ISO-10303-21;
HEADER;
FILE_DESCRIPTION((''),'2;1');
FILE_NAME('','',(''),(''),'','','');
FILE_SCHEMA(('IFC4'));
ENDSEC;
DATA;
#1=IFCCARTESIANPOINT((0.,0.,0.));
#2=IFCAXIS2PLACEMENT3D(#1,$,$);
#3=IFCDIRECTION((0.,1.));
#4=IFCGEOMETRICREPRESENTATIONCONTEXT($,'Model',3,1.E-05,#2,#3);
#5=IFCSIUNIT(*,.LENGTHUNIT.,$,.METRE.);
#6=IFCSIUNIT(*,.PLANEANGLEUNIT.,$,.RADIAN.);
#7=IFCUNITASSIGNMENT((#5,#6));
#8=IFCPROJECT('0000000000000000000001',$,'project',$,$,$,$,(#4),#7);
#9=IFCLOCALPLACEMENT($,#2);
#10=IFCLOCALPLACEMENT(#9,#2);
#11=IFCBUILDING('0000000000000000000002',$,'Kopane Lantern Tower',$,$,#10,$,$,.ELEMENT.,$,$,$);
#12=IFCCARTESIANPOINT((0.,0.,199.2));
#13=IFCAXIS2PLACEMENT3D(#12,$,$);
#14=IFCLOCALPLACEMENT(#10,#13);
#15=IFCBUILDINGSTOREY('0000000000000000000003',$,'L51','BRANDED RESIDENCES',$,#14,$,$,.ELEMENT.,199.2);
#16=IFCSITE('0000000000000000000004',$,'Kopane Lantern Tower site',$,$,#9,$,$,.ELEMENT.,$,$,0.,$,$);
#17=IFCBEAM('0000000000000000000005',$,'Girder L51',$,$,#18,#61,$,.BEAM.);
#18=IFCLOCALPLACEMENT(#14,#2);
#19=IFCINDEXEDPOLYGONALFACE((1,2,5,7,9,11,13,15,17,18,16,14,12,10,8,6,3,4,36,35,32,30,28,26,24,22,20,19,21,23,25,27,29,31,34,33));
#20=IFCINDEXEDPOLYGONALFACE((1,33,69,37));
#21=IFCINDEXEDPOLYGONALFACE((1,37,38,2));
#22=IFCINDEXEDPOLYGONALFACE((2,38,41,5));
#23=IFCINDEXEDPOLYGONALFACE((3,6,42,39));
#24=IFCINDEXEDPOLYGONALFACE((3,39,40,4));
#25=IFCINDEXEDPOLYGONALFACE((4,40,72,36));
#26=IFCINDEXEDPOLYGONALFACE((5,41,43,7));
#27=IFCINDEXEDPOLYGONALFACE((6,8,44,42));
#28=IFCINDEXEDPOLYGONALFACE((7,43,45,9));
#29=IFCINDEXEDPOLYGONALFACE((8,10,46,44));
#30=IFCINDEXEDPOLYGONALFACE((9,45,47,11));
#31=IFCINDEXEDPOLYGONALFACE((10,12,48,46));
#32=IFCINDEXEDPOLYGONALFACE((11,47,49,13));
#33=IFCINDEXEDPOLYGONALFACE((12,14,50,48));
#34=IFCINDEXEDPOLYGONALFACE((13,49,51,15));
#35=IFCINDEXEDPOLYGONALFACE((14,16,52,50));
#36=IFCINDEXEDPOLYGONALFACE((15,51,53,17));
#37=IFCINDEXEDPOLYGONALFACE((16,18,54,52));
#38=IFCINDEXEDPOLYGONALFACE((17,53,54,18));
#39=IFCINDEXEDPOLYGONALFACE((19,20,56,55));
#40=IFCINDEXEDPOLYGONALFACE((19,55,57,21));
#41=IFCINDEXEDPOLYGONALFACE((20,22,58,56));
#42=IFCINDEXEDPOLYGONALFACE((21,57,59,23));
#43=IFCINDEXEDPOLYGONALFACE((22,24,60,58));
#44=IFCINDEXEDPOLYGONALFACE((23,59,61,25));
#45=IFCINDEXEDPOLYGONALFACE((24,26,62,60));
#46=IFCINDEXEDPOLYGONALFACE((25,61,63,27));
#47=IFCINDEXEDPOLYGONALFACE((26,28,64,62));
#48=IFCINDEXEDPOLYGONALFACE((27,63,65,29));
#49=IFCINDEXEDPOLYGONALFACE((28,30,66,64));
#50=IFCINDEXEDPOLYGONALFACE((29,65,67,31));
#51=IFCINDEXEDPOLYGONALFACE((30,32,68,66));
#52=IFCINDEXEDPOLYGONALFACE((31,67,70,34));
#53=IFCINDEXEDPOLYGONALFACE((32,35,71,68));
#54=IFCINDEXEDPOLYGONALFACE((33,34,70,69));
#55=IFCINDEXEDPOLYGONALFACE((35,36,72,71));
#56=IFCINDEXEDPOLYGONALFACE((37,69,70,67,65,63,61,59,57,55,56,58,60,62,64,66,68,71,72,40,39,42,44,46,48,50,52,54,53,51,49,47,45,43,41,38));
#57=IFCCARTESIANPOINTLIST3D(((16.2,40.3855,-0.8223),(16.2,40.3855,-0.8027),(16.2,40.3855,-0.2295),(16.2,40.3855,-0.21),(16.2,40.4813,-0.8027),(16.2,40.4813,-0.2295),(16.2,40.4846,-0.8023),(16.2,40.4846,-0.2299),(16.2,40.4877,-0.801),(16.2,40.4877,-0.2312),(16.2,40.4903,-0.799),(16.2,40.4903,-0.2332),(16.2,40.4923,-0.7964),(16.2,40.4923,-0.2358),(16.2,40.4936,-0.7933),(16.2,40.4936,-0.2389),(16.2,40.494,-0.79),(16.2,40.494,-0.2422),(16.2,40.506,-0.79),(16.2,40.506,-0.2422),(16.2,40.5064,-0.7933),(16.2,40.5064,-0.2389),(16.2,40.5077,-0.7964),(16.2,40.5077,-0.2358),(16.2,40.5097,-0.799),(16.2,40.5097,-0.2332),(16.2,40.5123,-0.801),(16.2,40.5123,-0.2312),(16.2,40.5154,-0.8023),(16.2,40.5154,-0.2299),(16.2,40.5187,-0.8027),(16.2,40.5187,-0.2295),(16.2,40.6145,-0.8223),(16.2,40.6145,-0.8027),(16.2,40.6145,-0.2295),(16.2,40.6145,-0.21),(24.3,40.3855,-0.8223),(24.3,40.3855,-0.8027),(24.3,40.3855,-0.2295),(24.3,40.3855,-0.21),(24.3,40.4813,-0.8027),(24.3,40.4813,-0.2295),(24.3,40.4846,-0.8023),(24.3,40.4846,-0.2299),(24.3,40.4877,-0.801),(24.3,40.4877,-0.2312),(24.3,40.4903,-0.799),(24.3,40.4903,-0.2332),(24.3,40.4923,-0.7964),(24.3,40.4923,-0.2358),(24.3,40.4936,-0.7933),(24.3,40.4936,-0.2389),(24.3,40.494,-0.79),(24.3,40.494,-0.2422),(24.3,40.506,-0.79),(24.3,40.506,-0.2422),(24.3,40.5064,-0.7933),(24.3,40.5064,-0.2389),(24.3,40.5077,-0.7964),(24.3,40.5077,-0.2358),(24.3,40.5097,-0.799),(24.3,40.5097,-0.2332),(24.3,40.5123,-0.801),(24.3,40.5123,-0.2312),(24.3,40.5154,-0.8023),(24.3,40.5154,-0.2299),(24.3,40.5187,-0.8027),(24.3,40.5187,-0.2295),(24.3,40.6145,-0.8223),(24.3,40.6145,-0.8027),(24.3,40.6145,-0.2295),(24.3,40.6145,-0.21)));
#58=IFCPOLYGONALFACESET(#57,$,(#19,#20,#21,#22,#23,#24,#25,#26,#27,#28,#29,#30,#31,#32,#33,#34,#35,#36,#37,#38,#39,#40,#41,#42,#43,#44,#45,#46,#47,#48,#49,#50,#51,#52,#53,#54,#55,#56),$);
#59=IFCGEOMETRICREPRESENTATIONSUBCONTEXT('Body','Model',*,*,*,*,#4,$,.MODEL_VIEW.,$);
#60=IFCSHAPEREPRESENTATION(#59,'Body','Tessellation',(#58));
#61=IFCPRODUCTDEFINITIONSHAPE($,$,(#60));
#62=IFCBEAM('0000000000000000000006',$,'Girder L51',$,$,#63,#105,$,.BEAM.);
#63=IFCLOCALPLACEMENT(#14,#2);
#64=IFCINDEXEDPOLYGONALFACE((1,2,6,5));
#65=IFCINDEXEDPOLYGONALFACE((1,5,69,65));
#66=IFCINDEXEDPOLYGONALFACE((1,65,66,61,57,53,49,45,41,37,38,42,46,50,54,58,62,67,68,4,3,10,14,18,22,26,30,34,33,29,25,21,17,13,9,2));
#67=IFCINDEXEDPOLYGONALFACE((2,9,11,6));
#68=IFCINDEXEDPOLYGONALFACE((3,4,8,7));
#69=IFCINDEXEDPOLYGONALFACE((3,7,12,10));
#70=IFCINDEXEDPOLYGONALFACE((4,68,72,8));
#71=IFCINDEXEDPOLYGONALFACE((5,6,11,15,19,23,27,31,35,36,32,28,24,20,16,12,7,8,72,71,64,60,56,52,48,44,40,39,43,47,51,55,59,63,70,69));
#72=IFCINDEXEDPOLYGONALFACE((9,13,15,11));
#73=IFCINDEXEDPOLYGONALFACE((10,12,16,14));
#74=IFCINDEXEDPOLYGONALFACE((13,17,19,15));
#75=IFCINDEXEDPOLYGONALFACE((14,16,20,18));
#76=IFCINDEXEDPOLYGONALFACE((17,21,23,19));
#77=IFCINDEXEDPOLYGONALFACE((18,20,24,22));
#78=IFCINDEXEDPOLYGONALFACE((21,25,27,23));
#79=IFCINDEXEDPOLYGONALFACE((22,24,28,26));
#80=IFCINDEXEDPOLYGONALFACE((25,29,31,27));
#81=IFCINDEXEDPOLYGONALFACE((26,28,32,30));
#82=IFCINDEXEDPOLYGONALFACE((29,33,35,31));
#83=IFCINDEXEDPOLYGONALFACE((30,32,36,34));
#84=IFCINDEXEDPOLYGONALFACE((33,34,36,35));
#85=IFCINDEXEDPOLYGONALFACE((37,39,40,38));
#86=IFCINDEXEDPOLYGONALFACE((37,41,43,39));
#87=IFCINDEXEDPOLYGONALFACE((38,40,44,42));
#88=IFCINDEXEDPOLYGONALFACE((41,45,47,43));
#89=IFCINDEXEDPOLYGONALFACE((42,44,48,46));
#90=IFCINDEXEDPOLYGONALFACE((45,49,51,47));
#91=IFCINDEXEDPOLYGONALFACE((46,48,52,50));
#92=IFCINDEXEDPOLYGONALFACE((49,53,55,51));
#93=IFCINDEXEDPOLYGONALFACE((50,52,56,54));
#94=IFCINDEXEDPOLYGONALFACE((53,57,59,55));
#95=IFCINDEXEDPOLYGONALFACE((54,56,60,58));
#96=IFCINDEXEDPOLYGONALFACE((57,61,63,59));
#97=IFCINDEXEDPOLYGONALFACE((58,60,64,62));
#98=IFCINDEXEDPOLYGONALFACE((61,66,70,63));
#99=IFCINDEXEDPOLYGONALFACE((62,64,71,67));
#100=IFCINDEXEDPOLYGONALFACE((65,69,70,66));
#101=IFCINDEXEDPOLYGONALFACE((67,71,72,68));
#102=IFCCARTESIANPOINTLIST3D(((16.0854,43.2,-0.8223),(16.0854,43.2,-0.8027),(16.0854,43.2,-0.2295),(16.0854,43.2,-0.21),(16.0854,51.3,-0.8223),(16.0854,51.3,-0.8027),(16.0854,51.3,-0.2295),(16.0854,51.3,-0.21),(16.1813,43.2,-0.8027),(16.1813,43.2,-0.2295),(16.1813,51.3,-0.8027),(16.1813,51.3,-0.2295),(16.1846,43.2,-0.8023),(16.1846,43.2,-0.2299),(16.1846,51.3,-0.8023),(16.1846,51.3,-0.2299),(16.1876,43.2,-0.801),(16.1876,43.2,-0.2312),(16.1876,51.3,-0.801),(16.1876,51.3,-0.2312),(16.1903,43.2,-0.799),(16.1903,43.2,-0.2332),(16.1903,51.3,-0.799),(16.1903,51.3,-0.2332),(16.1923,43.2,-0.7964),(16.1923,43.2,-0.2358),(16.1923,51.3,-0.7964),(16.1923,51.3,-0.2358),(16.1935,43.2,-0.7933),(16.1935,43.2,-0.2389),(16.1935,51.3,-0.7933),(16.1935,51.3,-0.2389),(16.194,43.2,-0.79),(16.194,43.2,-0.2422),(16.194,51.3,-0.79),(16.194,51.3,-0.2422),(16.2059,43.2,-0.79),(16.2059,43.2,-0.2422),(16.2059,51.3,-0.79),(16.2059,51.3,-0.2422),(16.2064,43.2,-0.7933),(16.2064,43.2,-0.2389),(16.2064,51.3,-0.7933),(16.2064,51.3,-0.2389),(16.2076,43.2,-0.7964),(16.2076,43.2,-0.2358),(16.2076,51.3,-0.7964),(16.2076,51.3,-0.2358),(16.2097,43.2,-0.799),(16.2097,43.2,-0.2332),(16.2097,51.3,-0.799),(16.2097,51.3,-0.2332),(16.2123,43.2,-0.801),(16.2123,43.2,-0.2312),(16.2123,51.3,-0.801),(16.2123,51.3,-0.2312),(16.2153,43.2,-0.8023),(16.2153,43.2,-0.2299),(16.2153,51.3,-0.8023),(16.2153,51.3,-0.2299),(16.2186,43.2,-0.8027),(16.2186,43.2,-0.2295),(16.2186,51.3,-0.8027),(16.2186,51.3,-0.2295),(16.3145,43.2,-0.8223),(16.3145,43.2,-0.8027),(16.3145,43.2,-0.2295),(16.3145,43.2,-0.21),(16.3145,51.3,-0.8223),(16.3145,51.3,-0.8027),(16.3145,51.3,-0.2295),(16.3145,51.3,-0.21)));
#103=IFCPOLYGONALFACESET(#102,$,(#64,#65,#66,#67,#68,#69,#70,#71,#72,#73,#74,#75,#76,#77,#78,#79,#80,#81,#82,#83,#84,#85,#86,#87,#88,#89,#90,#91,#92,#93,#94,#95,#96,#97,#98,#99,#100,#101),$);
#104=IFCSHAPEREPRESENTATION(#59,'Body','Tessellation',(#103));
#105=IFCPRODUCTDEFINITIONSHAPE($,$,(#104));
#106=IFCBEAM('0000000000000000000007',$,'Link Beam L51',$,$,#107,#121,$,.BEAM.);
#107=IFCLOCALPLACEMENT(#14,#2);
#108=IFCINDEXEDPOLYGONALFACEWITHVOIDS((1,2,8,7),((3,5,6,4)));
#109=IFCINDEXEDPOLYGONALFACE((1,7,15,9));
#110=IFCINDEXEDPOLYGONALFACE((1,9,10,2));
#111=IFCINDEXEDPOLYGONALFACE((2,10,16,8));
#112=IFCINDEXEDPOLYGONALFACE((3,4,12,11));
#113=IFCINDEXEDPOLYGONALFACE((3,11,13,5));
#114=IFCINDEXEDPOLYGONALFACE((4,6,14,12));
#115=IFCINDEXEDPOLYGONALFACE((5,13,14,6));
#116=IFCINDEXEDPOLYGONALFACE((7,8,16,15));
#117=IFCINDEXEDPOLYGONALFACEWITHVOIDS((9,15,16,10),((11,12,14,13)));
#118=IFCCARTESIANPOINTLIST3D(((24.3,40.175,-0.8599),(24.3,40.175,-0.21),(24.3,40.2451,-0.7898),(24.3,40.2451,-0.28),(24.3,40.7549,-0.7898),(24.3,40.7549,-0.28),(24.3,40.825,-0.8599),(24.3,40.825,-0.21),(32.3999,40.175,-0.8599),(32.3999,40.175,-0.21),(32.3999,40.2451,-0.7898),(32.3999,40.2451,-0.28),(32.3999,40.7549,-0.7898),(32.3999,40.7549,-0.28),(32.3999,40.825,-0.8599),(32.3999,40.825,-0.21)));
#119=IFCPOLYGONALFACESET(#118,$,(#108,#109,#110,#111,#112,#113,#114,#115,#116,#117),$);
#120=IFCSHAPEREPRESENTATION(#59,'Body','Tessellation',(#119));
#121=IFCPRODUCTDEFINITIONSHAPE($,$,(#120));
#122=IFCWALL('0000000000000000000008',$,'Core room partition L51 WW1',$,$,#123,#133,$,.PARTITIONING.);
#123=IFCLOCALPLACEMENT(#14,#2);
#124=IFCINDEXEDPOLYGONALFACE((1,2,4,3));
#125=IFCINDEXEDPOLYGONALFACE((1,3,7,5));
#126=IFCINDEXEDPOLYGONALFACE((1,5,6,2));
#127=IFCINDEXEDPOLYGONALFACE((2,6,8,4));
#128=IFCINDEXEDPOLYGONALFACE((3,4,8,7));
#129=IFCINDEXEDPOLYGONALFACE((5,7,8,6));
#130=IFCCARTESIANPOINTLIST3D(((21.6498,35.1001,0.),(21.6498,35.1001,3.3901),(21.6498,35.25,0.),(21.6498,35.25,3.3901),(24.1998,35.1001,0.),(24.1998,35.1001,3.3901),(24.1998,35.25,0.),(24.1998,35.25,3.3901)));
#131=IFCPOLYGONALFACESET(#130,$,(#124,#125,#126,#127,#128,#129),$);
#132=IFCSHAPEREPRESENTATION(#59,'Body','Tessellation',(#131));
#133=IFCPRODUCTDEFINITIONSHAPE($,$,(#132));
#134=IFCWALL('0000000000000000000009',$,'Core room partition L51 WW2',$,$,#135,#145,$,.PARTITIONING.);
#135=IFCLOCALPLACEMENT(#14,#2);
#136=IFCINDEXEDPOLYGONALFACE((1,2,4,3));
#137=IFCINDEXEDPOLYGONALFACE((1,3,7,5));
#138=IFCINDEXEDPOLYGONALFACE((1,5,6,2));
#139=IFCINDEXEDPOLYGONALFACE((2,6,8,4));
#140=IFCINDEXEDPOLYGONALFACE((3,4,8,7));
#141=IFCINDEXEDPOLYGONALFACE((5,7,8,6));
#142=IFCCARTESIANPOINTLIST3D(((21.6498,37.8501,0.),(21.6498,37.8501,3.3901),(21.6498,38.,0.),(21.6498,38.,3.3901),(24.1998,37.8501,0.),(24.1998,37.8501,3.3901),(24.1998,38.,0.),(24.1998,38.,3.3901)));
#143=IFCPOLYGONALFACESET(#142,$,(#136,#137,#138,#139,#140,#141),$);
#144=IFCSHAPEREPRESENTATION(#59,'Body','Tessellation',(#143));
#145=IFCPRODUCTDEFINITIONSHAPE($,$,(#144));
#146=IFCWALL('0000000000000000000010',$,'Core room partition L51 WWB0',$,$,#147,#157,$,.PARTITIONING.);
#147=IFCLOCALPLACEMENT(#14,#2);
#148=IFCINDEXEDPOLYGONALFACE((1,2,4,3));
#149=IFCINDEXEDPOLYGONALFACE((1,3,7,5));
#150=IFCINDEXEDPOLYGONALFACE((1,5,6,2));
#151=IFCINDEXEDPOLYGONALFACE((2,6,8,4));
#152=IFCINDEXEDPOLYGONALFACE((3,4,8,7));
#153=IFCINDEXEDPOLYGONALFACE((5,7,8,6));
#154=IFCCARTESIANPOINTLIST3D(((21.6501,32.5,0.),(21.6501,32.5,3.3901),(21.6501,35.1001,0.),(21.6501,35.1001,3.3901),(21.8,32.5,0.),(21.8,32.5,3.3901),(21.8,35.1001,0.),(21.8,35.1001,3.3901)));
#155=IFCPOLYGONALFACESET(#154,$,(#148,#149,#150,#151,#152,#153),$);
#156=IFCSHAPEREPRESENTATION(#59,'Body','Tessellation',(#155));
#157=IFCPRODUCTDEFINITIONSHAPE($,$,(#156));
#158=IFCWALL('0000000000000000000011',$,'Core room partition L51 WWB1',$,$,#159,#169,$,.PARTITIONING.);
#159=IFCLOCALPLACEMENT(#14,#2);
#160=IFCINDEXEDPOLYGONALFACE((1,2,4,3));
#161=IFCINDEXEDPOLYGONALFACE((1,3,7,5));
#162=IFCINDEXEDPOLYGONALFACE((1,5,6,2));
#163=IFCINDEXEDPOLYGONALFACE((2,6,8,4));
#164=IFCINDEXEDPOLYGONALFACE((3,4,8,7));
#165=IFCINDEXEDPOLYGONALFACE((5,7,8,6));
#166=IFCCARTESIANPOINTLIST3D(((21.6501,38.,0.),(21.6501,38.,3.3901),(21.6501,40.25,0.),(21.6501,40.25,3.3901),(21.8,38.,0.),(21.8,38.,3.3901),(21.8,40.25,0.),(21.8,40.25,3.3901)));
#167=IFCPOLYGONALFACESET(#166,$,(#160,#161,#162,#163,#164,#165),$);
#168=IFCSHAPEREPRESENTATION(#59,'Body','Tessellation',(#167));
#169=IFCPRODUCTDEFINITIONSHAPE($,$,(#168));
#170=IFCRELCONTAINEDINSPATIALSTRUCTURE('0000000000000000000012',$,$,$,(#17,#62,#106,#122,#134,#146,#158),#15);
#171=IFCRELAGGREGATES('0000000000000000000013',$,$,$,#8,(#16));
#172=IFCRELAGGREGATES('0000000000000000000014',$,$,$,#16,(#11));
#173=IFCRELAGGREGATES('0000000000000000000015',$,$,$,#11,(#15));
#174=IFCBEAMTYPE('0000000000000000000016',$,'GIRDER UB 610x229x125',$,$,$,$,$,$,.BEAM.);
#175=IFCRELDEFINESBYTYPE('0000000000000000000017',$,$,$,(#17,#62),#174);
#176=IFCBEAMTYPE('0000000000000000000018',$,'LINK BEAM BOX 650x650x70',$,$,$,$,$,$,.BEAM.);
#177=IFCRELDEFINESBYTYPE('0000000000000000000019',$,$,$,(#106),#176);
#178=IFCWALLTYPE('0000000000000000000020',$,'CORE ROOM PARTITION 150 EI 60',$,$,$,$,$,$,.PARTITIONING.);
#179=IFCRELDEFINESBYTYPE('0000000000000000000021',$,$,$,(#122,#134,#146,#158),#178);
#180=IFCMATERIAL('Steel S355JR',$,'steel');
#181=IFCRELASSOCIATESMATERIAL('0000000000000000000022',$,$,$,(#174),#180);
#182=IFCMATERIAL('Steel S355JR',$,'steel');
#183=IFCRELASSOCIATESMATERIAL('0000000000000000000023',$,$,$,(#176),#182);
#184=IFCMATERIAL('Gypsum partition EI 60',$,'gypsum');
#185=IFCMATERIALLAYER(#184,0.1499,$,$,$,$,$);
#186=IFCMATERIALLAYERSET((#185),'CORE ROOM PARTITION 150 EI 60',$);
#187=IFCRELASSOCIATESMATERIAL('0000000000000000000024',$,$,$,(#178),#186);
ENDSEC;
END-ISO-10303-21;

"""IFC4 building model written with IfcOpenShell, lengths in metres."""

from ifc_helpers import new_model, si_unit, direction, frame, frame_2d, origin, origin_2d, place, context, subcontext, project, spatial, rectangle, hollow_rectangle, i_section, extrude, material, layer, layer_set, material_profile, profile_set, type_object, element, save


model = new_model("IFC4")

# Units and contexts
model_context = context("Model", 3, precision=1e-05, world=origin(), true_north=direction((0.0, 1.0)))
body_context = subcontext(model_context, "Body", "Model", "MODEL_VIEW")
ifc_project = project(units=[si_unit("LENGTHUNIT", "METRE"), si_unit("PLANEANGLEUNIT", "RADIAN")], contexts=[model_context])

# Site, building, storey
site_placement = place(None, origin())
site = spatial("IfcSite", under=ifc_project, at=site_placement, Name="Kopane Lantern Tower site", CompositionType="ELEMENT", RefElevation=0.0)
building_placement = place(site_placement, origin())
building = spatial("IfcBuilding", under=site, at=building_placement, Name="Kopane Lantern Tower", CompositionType="ELEMENT")
storey_placement = place(building_placement, frame((0.0, 0.0, 199.2)))
storey = spatial("IfcBuildingStorey", under=building, at=storey_placement, Name="L51", Description="BRANDED RESIDENCES", CompositionType="ELEMENT", Elevation=199.2)

# Beams
ifc_material_1 = material(Name="Steel S355JR", Category="steel")
ifc_material_profile_1 = material_profile(ifc_material_1, i_section(OverallWidth=0.229, OverallDepth=0.6123, WebThickness=0.012, FlangeThickness=0.0195, FilletRadius=0.0127, at=origin_2d()), Name="UB 610x229x125")
ifc_profile_set_1 = profile_set([ifc_material_profile_1], Name="Steel S355JR")
beam_type_1 = type_object("IfcBeamType", Name="GIRDER UB 610x229x125", PredefinedType="BEAM", material=ifc_profile_set_1)
for number, where, z_axis, x_axis, name in (
    (1, (16.2, 40.5, -0.5161), (1.0, 0.0, 0.0), (0.0, 1.0, 0.0), "Girder L51"),
    (2, (16.2, 43.2, -0.5161), (0.0, 1.0, 0.0), (-1.0, 0.0, 0.0), "Girder L51"),
):
    element("IfcBeam", number, at=place(storey_placement, frame(where, z_axis=z_axis, x_axis=x_axis)), inside=storey, type_object=beam_type_1, Name=name, PredefinedType="BEAM", context=body_context, shape_type="SweptSolid", body=[
        extrude(i_section(OverallWidth=0.229, OverallDepth=0.6123, WebThickness=0.012, FlangeThickness=0.0195, FilletRadius=0.0127, at=origin_2d()), origin(), (0.0, 0.0, 1.0), 8.1001),
    ])
ifc_material_2 = material(Name="Steel S355JR", Category="steel")
ifc_material_profile_2 = material_profile(ifc_material_2, hollow_rectangle(XDim=0.6499, YDim=0.6499, WallThickness=0.0701, at=origin_2d()), Name="BOX 650x650x70")
ifc_profile_set_2 = profile_set([ifc_material_profile_2], Name="Steel S355JR")
beam_type_2 = type_object("IfcBeamType", Name="LINK BEAM BOX 650x650x70", PredefinedType="BEAM", material=ifc_profile_set_2)
beam_placement = place(storey_placement, frame((24.3, 40.5, -0.5349), z_axis=(1.0, 0.0, 0.0), x_axis=(0.0, 1.0, 0.0)))
element("IfcBeam", 3, at=beam_placement, inside=storey, type_object=beam_type_2, Name="Link Beam L51", PredefinedType="BEAM", context=body_context, shape_type="SweptSolid", body=[
    extrude(hollow_rectangle(XDim=0.6499, YDim=0.6499, WallThickness=0.0701, at=origin_2d()), origin(), (0.0, 0.0, 1.0), 8.0999),
])

# Walls
ifc_material_3 = material(Name="Gypsum partition EI 60", Category="gypsum")
ifc_layer_1 = layer(ifc_material_3, 0.1499)
ifc_layer_set_1 = layer_set([ifc_layer_1], Name="CORE ROOM PARTITION 150 EI 60")
wall_type_1 = type_object("IfcWallType", Name="CORE ROOM PARTITION 150 EI 60", PredefinedType="PARTITIONING", material=ifc_layer_set_1)
for number, where, z_axis, x_axis, name in (
    (4, (21.6499, 35.175, 0.0), (0.0, 0.0, 1.0), (1.0, 0.0, 0.0), "Core room partition L51 WW1"),
    (5, (21.6499, 37.925, 0.0), (0.0, 0.0, 1.0), (1.0, 0.0, 0.0), "Core room partition L51 WW2"),
):
    element("IfcWall", number, at=place(storey_placement, frame(where, z_axis=z_axis, x_axis=x_axis)), inside=storey, type_object=wall_type_1, Name=name, PredefinedType="PARTITIONING", context=body_context, shape_type="SweptSolid", body=[
        extrude(rectangle(XDim=2.55, YDim=0.1499, at=frame_2d((1.2749, 0.0))), origin(), (0.0, 0.0, 1.0), 3.3901),
    ])
wall_1_placement = place(storey_placement, frame((21.7251, 32.5, 0.0), z_axis=(0.0, 0.0, 1.0), x_axis=(0.0, 1.0, 0.0)))
element("IfcWall", 6, at=wall_1_placement, inside=storey, type_object=wall_type_1, Name="Core room partition L51 WWB0", PredefinedType="PARTITIONING", context=body_context, shape_type="SweptSolid", body=[
    extrude(rectangle(XDim=2.6001, YDim=0.1499, at=frame_2d((1.3, 0.0))), origin(), (0.0, 0.0, 1.0), 3.3901),
])
wall_2_placement = place(storey_placement, frame((21.7251, 38.0, 0.0), z_axis=(0.0, 0.0, 1.0), x_axis=(0.0, 1.0, 0.0)))
element("IfcWall", 7, at=wall_2_placement, inside=storey, type_object=wall_type_1, Name="Core room partition L51 WWB1", PredefinedType="PARTITIONING", context=body_context, shape_type="SweptSolid", body=[
    extrude(rectangle(XDim=2.25, YDim=0.1499, at=frame_2d((1.125, 0.0))), origin(), (0.0, 0.0, 1.0), 3.3901),
])

save(model, "model.ifc")
